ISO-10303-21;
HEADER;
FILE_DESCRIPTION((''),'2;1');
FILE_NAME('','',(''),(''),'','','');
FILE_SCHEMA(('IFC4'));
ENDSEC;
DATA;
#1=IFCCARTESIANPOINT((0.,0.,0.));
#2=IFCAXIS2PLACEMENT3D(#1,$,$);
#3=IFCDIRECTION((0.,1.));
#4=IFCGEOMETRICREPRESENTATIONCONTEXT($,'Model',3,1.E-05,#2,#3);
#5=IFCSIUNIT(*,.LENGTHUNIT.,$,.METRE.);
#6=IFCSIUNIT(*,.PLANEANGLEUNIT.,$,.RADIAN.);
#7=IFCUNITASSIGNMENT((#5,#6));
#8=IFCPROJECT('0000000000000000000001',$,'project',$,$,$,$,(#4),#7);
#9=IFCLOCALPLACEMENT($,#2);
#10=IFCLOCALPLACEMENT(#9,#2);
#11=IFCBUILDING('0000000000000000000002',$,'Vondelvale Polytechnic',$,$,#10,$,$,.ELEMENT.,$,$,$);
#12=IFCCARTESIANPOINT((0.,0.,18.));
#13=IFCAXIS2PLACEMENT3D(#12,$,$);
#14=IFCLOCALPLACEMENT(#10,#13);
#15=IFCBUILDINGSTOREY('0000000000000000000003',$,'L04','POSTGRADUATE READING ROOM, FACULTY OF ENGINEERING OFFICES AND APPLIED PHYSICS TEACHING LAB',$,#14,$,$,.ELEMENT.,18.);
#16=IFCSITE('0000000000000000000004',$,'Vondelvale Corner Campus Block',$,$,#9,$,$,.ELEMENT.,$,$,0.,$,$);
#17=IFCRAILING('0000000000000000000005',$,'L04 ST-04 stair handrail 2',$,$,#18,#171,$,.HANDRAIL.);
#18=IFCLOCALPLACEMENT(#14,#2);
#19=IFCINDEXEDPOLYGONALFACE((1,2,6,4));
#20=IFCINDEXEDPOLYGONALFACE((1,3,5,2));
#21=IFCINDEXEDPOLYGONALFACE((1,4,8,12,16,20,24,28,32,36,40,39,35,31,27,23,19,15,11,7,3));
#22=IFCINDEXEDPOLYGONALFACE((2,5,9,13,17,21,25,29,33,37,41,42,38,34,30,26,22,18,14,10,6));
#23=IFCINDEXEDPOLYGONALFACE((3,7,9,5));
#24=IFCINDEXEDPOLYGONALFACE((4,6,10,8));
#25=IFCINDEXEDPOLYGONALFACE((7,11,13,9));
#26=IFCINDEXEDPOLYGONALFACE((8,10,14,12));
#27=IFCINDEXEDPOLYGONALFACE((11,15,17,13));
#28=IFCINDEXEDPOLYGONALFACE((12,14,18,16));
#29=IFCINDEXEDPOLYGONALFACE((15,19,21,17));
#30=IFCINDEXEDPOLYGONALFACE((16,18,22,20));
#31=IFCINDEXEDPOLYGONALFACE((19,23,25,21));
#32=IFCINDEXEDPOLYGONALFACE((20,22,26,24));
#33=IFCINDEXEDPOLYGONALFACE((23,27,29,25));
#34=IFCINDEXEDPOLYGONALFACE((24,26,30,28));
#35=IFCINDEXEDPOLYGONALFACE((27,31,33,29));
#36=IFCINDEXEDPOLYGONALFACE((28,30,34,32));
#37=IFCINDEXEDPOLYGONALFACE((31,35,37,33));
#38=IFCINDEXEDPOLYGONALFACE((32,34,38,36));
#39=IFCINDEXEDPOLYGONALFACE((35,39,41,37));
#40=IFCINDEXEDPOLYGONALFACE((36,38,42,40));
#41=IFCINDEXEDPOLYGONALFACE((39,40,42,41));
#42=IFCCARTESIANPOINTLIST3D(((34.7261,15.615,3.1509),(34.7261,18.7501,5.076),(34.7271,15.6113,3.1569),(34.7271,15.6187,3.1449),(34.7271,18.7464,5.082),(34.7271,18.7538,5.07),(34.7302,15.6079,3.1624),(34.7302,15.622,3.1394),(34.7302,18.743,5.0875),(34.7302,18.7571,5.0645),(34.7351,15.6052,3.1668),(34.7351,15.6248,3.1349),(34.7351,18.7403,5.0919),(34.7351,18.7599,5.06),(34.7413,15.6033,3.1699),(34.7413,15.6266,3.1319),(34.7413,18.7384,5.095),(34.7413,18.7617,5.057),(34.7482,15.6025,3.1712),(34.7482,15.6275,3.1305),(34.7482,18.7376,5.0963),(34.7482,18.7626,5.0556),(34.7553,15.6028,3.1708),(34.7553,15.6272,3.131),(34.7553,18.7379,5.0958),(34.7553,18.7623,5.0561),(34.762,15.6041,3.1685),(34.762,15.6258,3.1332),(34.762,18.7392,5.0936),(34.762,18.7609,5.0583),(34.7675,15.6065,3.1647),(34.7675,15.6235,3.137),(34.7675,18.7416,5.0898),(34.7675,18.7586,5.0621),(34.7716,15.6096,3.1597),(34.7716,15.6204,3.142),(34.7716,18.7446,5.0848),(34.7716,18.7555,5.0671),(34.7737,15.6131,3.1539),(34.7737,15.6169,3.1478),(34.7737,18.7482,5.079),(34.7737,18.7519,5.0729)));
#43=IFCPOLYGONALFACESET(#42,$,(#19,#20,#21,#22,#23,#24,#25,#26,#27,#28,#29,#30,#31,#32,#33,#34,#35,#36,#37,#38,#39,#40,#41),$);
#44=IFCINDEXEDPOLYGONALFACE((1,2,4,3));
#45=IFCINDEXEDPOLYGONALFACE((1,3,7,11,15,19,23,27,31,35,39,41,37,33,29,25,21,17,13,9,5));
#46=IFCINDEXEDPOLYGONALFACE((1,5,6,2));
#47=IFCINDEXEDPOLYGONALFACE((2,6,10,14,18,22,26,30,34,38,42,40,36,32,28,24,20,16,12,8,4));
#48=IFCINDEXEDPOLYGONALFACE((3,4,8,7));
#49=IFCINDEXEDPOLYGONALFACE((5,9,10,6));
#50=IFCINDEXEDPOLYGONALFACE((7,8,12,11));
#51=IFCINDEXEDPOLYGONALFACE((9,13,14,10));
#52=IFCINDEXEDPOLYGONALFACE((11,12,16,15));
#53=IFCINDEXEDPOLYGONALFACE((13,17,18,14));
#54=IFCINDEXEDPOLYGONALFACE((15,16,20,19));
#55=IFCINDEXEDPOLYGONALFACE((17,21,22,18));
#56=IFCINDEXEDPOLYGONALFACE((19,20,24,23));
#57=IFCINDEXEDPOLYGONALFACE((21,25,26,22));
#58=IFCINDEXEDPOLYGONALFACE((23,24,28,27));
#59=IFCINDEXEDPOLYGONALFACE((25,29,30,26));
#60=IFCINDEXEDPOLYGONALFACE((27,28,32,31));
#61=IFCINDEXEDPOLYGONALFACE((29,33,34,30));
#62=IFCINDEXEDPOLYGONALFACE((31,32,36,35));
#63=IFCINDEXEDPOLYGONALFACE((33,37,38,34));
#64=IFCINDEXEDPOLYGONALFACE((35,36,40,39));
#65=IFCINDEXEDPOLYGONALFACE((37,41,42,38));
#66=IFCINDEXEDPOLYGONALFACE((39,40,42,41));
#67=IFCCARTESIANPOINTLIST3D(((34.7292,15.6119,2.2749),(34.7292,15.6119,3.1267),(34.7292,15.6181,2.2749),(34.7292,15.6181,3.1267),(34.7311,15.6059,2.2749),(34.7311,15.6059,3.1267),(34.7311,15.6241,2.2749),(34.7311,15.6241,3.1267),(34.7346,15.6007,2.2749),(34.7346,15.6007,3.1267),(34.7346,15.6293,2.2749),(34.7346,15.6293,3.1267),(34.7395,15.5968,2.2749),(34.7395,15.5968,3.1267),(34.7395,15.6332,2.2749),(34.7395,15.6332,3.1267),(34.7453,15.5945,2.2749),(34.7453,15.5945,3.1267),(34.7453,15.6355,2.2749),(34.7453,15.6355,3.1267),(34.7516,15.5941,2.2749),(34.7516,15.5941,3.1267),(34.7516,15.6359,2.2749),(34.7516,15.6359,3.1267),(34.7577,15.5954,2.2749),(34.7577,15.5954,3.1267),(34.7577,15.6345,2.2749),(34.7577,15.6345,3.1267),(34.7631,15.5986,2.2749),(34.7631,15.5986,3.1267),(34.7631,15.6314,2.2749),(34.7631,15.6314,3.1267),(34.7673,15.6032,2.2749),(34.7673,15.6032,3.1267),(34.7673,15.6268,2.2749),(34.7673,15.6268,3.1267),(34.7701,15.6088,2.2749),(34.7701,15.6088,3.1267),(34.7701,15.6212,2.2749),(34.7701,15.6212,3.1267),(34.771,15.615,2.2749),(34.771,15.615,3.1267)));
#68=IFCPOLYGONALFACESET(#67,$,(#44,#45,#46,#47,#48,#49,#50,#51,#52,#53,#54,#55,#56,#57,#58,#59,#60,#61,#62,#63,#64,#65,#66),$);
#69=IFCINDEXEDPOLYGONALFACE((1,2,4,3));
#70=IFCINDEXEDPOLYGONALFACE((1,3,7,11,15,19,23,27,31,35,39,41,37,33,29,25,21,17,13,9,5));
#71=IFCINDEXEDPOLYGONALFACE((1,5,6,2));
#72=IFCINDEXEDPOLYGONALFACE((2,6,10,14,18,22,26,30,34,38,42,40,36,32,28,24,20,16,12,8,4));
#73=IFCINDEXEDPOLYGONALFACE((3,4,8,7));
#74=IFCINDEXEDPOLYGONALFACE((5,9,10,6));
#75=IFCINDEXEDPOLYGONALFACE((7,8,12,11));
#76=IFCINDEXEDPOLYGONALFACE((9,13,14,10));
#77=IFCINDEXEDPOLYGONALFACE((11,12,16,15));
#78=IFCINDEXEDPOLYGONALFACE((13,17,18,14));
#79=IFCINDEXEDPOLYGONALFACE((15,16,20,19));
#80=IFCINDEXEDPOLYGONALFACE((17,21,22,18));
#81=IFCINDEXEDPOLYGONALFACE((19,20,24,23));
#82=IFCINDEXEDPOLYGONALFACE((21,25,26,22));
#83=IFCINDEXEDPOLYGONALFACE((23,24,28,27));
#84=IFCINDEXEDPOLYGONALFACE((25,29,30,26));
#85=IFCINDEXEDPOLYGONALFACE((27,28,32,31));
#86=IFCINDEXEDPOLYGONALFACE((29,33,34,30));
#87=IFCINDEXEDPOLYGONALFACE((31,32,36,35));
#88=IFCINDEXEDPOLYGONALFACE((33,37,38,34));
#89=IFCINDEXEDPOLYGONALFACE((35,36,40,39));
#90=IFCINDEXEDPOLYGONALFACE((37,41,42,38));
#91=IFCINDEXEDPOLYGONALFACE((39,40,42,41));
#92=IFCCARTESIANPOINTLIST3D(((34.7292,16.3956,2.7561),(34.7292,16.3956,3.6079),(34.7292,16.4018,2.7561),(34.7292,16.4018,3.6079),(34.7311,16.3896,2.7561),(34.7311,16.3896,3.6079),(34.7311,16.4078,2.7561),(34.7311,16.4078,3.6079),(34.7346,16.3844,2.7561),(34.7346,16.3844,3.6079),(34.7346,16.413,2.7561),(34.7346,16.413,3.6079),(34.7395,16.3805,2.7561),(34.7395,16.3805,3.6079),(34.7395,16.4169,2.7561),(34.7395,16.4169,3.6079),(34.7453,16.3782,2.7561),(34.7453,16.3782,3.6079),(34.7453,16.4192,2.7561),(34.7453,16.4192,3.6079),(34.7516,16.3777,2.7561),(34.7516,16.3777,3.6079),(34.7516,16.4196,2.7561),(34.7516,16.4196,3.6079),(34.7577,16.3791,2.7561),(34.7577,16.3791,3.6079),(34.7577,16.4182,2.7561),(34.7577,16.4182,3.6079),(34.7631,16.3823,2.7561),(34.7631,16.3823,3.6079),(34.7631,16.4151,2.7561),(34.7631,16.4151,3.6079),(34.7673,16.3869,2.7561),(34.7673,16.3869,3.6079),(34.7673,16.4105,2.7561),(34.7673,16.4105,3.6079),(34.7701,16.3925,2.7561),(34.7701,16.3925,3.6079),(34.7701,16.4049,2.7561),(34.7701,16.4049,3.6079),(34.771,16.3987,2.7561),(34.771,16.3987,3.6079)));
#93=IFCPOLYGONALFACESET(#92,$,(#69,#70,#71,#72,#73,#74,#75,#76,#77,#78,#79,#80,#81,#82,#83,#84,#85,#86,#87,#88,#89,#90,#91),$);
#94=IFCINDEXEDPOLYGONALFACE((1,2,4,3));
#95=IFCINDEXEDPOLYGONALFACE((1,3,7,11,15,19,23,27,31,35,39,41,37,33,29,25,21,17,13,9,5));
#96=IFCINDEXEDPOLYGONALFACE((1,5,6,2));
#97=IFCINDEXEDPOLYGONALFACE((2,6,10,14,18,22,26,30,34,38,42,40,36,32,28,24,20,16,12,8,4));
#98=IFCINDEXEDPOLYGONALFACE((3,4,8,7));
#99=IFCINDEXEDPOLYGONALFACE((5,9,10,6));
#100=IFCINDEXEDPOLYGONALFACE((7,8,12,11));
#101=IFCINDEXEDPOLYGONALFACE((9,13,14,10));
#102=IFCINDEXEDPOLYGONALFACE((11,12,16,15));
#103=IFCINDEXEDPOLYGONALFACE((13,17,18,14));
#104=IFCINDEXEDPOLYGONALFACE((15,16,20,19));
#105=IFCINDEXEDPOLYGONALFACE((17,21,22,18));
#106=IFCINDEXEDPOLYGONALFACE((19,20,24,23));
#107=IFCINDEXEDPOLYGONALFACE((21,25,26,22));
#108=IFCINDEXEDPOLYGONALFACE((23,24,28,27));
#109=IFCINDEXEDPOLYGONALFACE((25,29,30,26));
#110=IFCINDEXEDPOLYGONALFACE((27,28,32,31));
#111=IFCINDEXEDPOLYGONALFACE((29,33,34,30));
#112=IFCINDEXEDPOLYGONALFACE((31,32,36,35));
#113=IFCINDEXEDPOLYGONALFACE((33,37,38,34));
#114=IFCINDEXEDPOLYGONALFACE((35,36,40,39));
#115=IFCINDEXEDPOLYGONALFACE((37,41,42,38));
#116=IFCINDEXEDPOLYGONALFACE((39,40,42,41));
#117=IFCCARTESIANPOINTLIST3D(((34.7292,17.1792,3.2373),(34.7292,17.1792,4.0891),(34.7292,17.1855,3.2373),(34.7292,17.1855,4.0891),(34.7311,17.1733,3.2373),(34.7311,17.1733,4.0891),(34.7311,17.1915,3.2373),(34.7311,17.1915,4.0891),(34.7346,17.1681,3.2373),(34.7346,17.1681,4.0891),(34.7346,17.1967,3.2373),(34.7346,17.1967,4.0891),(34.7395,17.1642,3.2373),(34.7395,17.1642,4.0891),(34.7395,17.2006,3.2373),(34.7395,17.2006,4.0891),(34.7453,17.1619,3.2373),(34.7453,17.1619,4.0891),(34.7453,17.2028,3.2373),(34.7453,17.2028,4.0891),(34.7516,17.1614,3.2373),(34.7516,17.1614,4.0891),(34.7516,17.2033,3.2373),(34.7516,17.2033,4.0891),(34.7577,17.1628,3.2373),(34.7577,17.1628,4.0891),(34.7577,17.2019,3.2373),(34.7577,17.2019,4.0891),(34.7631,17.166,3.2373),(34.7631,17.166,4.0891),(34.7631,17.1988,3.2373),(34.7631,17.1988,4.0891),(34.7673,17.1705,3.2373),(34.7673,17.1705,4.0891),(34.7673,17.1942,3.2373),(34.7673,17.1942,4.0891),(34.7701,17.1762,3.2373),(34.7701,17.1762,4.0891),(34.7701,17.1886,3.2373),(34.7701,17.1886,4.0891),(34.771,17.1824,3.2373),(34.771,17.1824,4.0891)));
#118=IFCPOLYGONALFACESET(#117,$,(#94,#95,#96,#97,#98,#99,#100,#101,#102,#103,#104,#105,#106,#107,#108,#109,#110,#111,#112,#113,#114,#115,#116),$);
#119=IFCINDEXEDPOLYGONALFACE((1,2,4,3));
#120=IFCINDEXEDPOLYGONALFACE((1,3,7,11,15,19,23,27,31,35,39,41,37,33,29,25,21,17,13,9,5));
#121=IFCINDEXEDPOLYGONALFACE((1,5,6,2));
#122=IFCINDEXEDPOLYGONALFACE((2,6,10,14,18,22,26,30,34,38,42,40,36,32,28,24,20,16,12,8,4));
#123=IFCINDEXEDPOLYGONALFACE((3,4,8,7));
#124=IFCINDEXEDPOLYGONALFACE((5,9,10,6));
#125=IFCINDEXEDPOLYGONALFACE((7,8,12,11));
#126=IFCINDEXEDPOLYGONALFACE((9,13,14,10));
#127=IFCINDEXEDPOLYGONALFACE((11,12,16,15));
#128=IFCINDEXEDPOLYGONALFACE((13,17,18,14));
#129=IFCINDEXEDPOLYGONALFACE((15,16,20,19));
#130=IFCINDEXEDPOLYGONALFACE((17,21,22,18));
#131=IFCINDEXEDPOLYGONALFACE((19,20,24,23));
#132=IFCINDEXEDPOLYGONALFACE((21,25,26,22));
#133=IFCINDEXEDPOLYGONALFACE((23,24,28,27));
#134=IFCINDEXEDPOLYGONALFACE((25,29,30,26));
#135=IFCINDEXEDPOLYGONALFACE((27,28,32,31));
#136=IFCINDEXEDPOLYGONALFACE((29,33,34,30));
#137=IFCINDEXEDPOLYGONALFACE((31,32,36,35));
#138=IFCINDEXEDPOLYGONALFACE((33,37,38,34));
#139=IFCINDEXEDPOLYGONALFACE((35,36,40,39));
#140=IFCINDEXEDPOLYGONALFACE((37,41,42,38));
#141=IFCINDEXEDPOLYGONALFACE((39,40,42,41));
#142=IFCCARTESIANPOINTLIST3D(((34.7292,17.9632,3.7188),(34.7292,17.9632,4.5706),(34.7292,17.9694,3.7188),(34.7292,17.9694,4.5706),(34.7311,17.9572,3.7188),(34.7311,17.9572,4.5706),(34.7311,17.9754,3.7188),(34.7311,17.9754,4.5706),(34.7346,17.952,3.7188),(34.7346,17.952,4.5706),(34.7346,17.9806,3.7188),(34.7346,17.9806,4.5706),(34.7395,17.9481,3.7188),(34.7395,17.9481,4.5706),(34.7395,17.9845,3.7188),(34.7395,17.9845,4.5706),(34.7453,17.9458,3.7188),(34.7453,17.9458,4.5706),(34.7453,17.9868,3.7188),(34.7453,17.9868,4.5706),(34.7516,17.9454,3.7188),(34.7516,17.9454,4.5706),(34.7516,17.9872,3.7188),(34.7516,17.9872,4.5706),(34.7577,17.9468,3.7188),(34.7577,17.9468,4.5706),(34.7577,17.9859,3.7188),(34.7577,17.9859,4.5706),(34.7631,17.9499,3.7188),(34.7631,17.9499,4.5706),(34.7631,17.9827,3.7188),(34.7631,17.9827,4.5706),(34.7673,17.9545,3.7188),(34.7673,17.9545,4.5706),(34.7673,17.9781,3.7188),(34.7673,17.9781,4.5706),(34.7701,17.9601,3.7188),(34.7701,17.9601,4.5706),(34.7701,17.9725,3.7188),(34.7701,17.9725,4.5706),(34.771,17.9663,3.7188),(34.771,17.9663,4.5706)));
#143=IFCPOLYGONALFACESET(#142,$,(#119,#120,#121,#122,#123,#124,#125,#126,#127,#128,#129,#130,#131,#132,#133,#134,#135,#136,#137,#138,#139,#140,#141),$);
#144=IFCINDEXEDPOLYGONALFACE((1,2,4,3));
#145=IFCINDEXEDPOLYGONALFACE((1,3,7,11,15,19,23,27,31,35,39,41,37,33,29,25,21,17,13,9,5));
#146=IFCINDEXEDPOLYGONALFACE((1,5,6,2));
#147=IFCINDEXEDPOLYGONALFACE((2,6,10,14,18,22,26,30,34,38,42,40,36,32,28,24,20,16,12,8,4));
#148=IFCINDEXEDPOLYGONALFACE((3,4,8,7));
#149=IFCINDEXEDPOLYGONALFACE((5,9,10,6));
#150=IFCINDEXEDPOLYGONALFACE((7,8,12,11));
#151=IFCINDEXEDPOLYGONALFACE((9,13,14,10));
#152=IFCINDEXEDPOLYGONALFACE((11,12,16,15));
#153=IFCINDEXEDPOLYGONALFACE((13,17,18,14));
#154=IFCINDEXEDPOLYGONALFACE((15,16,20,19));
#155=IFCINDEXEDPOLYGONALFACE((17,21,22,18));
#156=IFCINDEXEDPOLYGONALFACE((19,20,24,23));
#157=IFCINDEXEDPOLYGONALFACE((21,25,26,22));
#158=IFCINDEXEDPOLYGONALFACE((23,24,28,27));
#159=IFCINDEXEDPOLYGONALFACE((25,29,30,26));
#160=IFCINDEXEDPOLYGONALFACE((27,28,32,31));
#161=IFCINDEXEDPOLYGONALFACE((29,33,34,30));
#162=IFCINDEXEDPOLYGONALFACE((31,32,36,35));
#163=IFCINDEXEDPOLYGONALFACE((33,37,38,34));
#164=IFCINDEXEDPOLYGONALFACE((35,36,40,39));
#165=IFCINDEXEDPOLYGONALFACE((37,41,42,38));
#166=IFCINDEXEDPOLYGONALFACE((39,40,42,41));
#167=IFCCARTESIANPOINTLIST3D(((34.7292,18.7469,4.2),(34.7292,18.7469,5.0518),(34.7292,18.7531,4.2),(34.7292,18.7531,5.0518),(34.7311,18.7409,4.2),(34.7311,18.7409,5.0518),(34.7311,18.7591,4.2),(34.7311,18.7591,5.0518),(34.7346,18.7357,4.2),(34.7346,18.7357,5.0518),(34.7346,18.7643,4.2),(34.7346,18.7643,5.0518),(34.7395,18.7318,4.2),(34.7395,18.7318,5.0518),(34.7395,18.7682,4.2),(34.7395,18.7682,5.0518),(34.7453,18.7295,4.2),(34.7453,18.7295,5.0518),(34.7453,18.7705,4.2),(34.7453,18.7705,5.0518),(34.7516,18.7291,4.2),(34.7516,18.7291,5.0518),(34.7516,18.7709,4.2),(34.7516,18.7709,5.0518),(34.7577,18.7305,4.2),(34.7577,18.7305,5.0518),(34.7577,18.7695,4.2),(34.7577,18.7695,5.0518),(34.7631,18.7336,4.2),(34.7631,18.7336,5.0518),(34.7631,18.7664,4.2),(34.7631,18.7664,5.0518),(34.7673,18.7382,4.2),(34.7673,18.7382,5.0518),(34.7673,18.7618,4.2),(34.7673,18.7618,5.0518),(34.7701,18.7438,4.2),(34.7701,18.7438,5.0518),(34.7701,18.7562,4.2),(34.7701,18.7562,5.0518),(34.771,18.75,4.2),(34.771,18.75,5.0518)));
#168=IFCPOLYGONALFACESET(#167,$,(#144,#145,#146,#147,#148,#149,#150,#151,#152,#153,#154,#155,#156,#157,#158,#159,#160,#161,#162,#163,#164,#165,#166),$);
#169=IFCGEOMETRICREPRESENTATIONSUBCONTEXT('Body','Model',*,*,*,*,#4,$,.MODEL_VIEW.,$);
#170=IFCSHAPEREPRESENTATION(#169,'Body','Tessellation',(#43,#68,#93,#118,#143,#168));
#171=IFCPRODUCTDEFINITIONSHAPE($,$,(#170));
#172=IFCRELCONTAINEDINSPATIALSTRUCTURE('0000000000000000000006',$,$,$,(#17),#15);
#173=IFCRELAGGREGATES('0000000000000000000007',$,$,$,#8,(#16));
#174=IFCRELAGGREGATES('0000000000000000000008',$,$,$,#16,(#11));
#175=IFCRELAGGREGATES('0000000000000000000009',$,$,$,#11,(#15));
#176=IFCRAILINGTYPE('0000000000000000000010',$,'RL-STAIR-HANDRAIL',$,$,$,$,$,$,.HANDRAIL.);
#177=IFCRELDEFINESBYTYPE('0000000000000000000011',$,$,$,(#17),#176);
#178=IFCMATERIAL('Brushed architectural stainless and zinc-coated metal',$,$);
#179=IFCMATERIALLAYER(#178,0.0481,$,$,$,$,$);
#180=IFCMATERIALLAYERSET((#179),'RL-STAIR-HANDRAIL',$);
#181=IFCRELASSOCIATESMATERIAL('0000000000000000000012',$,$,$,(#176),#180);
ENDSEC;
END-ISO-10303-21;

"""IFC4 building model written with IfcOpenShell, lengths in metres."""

from ifc_helpers import new_model, si_unit, direction, frame, origin, origin_2d, place, context, subcontext, project, spatial, circle, extrude, material, layer, layer_set, type_object, element, save


model = new_model("IFC4")

# Units and contexts
model_context = context("Model", 3, precision=1e-05, world=origin(), true_north=direction((0.0, 1.0)))
body_context = subcontext(model_context, "Body", "Model", "MODEL_VIEW")
ifc_project = project(units=[si_unit("LENGTHUNIT", "METRE"), si_unit("PLANEANGLEUNIT", "RADIAN")], contexts=[model_context])

# Site, building, storey
site_placement = place(None, origin())
site = spatial("IfcSite", under=ifc_project, at=site_placement, Name="Vondelvale Corner Campus Block", CompositionType="ELEMENT", RefElevation=0.0)
building_placement = place(site_placement, origin())
building = spatial("IfcBuilding", under=site, at=building_placement, Name="Vondelvale Polytechnic", CompositionType="ELEMENT")
storey_placement = place(building_placement, frame((0.0, 0.0, 18.0)))
storey = spatial("IfcBuildingStorey", under=building, at=storey_placement, Name="L04", Description="POSTGRADUATE READING ROOM, FACULTY OF ENGINEERING OFFICES AND APPLIED PHYSICS TEACHING LAB", CompositionType="ELEMENT", Elevation=18.0)

# Shared definitions
ifc_material_1 = material(Name="Brushed architectural stainless and zinc-coated metal")

# Railing
ifc_layer_1 = layer(ifc_material_1, 0.0481)
ifc_layer_set_1 = layer_set([ifc_layer_1], Name="RL-STAIR-HANDRAIL")
railing_type_1 = type_object("IfcRailingType", Name="RL-STAIR-HANDRAIL", PredefinedType="HANDRAIL", material=ifc_layer_set_1)
railing_1_placement = place(storey_placement, frame((34.75, 15.615, 2.2749)))
element("IfcRailing", 1, at=railing_1_placement, inside=storey, type_object=railing_type_1, Name="L04 ST-04 stair handrail 2", PredefinedType="HANDRAIL", context=body_context, shape_type="SweptSolid", body=[
    extrude(circle(Radius=0.0239, at=origin_2d()), frame((0.0, 0.0, 0.876), z_axis=(0.0, 0.852166, 0.523271), x_axis=(-1.0, 0.0, 0.0)), (0.0, 0.0, 1.0), 3.679),
    extrude(circle(Radius=0.021, at=origin_2d()), origin(), (0.0, 0.0, 1.0), 0.8518),
    extrude(circle(Radius=0.021, at=origin_2d()), frame((0.0, 0.7837, 0.4812)), (0.0, 0.0, 1.0), 0.8518),
    extrude(circle(Radius=0.021, at=origin_2d()), frame((0.0, 1.5674, 0.9624)), (0.0, 0.0, 1.0), 0.8518),
    extrude(circle(Radius=0.021, at=origin_2d()), frame((0.0, 2.3513, 1.4438)), (0.0, 0.0, 1.0), 0.8518),
    extrude(circle(Radius=0.021, at=origin_2d()), frame((0.0, 3.135, 1.925)), (0.0, 0.0, 1.0), 0.8518),
])

save(model, "model.ifc")
